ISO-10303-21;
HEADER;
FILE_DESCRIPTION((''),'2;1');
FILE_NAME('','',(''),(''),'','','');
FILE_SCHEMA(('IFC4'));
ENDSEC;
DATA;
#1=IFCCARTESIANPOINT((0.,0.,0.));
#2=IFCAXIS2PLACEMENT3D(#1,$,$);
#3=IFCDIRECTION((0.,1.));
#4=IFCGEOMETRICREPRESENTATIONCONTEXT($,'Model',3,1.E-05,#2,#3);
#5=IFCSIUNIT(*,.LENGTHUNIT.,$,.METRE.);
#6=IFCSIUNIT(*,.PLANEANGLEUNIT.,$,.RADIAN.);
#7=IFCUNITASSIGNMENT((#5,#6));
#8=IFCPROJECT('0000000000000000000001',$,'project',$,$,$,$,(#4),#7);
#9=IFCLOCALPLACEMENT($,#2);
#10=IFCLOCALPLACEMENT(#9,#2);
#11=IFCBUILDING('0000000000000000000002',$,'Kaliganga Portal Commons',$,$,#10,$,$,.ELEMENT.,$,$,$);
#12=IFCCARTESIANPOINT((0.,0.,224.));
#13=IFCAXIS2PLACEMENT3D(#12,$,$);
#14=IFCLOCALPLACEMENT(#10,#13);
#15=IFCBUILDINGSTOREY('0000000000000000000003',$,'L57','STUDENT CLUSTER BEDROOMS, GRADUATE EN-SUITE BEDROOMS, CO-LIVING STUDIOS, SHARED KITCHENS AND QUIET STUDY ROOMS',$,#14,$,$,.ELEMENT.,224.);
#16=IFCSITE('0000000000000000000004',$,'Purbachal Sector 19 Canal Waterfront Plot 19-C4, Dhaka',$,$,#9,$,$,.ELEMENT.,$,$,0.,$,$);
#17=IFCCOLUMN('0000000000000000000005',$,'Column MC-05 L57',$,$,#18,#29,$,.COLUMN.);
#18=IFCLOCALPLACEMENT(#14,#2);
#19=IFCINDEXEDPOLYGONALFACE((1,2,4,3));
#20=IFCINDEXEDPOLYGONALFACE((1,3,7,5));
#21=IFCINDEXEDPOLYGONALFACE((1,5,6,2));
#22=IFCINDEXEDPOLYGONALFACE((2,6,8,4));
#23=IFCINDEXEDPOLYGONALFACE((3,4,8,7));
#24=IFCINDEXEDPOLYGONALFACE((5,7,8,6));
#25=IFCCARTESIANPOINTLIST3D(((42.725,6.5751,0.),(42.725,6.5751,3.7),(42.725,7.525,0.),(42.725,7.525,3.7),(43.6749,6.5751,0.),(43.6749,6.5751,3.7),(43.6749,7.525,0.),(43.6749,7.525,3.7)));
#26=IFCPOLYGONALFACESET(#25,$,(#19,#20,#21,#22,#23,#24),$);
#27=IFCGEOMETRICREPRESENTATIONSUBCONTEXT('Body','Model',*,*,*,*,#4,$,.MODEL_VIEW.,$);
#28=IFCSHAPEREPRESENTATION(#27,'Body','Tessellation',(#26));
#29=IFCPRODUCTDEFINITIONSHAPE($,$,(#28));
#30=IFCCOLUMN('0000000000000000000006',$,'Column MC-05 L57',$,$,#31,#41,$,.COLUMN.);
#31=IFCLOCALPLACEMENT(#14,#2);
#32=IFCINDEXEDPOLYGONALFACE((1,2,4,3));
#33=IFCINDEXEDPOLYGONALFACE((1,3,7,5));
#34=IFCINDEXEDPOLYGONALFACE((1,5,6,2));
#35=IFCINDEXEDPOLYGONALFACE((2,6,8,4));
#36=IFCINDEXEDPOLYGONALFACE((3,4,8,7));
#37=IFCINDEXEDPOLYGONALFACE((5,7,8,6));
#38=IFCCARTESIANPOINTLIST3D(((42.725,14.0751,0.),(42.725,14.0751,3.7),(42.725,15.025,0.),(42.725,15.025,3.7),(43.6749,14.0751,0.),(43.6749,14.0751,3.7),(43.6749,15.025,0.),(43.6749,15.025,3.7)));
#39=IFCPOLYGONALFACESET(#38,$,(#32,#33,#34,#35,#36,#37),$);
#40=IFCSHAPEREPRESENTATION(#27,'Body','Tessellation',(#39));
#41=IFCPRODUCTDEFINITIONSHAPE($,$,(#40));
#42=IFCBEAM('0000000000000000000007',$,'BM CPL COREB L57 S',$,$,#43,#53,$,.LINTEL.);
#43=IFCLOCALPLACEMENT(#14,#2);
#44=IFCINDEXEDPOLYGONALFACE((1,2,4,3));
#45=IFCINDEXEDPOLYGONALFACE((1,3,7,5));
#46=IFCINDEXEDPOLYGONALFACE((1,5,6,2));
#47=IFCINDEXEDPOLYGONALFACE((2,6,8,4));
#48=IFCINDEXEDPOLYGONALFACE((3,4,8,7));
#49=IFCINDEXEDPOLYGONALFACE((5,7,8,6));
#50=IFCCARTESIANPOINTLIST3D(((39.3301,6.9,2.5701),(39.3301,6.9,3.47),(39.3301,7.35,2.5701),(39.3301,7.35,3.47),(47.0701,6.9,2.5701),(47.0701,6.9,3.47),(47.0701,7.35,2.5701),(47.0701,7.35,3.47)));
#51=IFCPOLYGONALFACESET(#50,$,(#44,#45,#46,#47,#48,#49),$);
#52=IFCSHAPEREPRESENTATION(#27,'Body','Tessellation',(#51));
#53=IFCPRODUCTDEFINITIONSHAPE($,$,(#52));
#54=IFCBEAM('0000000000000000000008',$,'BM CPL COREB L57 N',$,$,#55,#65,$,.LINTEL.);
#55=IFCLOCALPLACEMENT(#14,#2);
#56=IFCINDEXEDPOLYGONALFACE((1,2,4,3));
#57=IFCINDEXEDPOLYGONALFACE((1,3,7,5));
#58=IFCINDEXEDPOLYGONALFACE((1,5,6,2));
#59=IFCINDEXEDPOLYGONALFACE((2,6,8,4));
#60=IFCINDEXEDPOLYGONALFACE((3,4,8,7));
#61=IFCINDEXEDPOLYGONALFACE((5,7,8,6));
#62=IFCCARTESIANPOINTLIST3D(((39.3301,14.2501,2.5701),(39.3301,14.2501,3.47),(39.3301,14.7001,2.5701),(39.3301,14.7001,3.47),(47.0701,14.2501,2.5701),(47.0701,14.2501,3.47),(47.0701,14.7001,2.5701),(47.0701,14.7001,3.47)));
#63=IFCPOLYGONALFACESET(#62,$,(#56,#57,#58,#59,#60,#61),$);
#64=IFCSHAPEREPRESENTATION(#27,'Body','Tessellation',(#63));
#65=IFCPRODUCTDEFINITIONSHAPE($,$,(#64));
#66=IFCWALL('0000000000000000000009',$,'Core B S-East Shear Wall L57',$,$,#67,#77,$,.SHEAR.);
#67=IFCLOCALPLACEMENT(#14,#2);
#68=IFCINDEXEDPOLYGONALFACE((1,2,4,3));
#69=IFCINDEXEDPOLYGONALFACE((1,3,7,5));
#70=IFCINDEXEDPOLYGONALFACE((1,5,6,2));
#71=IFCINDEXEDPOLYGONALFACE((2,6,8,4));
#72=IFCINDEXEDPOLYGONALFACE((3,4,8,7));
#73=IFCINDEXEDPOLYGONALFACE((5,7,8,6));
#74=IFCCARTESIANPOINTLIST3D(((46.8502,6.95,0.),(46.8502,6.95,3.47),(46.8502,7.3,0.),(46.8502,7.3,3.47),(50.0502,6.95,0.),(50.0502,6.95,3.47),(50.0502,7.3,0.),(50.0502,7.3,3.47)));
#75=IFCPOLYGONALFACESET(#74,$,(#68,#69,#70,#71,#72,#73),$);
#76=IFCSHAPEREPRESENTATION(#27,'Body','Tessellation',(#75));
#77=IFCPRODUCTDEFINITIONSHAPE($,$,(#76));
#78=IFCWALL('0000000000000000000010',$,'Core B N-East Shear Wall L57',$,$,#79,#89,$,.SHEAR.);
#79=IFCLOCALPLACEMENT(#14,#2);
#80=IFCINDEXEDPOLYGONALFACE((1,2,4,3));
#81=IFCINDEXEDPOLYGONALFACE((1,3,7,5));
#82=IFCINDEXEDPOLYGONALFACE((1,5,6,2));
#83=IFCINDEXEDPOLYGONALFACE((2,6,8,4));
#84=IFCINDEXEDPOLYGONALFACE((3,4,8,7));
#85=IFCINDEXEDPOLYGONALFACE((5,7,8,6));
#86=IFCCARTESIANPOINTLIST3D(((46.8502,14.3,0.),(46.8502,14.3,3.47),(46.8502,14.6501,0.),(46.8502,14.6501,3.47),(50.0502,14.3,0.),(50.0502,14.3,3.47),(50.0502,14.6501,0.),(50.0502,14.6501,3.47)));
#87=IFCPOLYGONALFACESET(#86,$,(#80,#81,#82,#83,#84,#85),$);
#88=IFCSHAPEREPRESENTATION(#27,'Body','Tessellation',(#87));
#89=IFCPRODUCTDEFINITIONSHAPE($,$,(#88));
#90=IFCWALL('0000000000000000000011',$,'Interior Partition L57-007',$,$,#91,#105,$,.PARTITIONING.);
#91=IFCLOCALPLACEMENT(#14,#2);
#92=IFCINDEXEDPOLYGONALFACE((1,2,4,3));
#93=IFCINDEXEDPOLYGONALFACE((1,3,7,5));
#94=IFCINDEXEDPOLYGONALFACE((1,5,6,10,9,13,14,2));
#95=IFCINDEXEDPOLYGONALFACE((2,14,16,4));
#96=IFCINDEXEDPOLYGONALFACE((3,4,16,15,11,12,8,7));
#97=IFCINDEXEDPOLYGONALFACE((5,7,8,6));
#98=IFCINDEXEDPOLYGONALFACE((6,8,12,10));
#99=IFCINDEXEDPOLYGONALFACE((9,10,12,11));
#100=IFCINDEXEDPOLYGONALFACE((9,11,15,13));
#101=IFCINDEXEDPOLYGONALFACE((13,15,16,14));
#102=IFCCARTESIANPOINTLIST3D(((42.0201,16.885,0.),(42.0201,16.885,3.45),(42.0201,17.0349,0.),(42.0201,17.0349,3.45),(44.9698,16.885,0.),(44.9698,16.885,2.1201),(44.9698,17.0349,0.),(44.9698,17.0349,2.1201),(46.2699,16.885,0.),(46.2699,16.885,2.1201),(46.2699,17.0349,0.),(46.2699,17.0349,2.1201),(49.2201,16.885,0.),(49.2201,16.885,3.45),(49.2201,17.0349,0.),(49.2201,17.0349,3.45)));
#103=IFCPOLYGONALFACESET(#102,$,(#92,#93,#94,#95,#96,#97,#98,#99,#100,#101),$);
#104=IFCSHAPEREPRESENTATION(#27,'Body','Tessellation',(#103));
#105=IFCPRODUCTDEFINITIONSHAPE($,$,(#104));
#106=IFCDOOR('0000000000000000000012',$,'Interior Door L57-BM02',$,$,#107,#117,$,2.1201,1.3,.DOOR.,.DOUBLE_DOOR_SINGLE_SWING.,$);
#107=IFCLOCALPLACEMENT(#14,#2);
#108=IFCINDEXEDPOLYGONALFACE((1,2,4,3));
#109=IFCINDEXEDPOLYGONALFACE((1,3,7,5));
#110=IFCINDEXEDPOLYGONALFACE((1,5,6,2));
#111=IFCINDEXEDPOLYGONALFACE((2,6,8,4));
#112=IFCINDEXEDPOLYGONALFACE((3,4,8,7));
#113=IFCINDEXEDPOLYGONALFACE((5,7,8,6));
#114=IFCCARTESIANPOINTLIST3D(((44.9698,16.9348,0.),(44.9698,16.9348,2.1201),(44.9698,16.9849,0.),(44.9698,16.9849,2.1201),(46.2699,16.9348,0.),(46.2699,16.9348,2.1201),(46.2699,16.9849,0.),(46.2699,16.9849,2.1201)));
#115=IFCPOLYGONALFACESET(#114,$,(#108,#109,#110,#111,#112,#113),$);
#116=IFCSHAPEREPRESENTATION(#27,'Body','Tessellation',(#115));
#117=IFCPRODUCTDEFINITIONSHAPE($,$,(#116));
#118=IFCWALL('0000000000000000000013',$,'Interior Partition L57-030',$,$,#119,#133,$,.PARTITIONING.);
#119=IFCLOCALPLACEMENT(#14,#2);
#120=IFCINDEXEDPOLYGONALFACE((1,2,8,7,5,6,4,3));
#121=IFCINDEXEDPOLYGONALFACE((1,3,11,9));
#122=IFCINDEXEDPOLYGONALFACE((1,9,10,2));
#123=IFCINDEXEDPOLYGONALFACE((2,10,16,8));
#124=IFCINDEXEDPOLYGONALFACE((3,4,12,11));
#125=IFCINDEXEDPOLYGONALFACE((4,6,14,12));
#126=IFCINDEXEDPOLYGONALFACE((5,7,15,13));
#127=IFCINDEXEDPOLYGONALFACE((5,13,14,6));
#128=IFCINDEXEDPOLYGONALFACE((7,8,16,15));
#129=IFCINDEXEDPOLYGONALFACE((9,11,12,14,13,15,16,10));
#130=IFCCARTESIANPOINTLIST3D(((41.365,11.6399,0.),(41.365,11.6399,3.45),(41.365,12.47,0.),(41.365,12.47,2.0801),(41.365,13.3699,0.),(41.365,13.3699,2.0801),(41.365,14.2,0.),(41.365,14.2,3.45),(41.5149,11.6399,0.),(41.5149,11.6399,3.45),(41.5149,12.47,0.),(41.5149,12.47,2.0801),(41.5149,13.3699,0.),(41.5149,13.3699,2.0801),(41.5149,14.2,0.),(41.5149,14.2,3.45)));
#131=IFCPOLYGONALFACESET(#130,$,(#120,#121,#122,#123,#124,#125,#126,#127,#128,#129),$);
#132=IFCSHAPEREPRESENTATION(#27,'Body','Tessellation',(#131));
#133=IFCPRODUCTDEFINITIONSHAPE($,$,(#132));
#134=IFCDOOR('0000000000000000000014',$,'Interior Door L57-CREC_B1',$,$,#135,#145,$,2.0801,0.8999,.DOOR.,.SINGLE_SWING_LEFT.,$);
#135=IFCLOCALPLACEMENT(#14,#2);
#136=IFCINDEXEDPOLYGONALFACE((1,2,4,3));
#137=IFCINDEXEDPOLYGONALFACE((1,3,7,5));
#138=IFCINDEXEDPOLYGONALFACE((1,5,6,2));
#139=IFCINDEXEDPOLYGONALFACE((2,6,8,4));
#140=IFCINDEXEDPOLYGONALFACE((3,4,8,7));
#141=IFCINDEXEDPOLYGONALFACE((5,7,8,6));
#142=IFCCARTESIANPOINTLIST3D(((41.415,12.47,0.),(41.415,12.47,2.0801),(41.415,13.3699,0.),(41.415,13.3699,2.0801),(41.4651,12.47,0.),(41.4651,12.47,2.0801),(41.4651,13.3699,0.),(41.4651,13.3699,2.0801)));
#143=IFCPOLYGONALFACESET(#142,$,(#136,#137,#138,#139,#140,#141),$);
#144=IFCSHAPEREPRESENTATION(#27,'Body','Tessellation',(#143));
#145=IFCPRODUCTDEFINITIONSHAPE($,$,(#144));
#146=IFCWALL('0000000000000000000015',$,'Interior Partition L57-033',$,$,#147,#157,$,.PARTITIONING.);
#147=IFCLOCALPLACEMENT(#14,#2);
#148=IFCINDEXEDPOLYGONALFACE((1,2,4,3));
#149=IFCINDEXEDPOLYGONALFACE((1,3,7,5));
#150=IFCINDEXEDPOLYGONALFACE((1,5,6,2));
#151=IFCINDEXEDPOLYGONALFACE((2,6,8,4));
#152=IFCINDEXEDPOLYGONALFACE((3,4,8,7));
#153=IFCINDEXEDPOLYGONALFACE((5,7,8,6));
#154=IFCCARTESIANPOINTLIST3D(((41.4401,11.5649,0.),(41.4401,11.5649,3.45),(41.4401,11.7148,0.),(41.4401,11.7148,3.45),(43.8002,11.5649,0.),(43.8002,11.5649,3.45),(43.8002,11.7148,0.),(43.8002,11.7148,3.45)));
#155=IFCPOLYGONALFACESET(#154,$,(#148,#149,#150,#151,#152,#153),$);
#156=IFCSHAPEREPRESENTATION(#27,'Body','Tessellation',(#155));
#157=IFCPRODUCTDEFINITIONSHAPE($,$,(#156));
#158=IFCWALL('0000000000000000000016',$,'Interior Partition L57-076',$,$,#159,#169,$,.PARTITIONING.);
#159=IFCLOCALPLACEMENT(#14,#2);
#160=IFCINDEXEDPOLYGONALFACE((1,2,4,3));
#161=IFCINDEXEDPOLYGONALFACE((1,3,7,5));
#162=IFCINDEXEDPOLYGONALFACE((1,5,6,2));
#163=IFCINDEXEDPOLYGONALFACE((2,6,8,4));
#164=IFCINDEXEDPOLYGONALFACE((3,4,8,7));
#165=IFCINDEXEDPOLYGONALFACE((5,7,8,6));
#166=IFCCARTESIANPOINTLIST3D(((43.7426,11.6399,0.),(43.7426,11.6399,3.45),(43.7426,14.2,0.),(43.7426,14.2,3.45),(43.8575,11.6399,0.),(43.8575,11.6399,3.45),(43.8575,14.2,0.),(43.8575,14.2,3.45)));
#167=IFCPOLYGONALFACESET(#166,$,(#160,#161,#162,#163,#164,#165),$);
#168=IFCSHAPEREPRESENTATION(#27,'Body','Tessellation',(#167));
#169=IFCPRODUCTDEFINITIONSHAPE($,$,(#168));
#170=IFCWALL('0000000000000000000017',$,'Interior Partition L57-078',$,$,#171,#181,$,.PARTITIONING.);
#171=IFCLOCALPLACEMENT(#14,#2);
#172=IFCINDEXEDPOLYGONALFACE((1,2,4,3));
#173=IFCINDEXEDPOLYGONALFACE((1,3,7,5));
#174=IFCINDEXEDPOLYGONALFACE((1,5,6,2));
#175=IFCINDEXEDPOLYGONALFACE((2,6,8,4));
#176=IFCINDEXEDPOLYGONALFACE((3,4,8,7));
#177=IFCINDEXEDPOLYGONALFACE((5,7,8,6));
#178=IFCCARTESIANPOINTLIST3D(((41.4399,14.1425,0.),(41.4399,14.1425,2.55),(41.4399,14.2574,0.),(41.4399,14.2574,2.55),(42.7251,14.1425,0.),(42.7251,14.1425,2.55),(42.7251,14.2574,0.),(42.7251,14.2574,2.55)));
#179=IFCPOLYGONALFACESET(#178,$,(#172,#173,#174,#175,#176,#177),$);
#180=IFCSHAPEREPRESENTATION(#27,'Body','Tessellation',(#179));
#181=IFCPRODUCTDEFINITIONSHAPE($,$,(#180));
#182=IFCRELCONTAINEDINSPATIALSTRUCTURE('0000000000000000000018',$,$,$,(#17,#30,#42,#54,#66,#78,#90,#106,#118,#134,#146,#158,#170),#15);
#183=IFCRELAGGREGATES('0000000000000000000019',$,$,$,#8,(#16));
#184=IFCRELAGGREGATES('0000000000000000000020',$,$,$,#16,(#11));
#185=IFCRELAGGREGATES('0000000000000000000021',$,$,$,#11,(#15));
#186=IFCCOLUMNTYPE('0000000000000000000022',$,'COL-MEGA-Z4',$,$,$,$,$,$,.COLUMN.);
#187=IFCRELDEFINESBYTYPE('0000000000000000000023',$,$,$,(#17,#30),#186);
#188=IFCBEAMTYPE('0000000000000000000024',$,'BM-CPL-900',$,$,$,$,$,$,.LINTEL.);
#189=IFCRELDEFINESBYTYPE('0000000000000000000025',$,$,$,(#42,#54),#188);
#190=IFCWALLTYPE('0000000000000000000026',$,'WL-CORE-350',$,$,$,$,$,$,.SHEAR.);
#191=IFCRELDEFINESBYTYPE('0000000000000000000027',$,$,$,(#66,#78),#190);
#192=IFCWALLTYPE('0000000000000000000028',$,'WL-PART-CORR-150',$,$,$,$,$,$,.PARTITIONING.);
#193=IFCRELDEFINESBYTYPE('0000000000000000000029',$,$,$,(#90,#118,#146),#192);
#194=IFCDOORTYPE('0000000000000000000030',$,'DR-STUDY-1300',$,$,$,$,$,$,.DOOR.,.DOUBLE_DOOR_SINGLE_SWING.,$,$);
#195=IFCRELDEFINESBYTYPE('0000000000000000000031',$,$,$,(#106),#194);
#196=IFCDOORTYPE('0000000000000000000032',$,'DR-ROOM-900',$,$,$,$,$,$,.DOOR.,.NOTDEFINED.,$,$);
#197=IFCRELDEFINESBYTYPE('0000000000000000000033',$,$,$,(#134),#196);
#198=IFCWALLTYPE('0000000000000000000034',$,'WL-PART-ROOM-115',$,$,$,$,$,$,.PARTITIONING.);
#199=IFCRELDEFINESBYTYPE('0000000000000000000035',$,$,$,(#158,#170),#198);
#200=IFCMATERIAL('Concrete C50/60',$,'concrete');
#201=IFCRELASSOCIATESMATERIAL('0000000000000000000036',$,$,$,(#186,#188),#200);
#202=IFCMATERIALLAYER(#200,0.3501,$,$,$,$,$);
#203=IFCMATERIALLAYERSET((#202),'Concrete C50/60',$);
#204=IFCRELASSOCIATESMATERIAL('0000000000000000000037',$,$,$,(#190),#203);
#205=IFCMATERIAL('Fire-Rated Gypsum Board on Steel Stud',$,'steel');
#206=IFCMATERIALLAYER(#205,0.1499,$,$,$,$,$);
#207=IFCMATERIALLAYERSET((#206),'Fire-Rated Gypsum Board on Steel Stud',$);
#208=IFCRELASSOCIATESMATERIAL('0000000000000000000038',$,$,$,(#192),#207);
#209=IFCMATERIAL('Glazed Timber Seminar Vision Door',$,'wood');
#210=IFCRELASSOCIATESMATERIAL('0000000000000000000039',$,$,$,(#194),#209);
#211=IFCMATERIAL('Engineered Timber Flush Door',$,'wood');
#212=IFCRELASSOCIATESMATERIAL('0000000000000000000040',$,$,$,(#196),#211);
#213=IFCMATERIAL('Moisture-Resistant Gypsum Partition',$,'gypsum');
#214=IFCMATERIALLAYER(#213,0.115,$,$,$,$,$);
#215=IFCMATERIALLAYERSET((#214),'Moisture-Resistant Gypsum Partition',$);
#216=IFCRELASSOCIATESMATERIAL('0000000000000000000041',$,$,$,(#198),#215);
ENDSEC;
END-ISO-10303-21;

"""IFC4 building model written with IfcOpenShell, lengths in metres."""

from ifc_helpers import new_model, si_unit, direction, frame, frame_2d, origin, origin_2d, place, context, subcontext, project, spatial, rectangle, extrude, source, transform, mapped, material, layer, layer_set, material_profile, profile_set, type_object, element, fill, save


model = new_model("IFC4")

# Units and contexts
model_context = context("Model", 3, precision=1e-05, world=origin(), true_north=direction((0.0, 1.0)))
body_context = subcontext(model_context, "Body", "Model", "MODEL_VIEW")
ifc_project = project(units=[si_unit("LENGTHUNIT", "METRE"), si_unit("PLANEANGLEUNIT", "RADIAN")], contexts=[model_context])

# Site, building, storey
site_placement = place(None, origin())
site = spatial("IfcSite", under=ifc_project, at=site_placement, Name="Purbachal Sector 19 Canal Waterfront Plot 19-C4, Dhaka", CompositionType="ELEMENT", RefElevation=0.0)
building_placement = place(site_placement, origin())
building = spatial("IfcBuilding", under=site, at=building_placement, Name="Kaliganga Portal Commons", CompositionType="ELEMENT")
storey_placement = place(building_placement, frame((0.0, 0.0, 224.0)))
storey = spatial("IfcBuildingStorey", under=building, at=storey_placement, Name="L57", Description="STUDENT CLUSTER BEDROOMS, GRADUATE EN-SUITE BEDROOMS, CO-LIVING STUDIOS, SHARED KITCHENS AND QUIET STUDY ROOMS", CompositionType="ELEMENT", Elevation=224.0)

# Columns
ifc_material_1 = material(Name="Concrete C50/60", Category="concrete")
ifc_material_profile_1 = material_profile(ifc_material_1, rectangle(XDim=0.95, YDim=0.95, at=origin_2d()), Name="RC 950x950")
ifc_profile_set_1 = profile_set([ifc_material_profile_1], Name="Concrete C50/60")
column_type = type_object("IfcColumnType", Name="COL-MEGA-Z4", PredefinedType="COLUMN", material=ifc_profile_set_1)
shared_shape_1 = source(origin(), body_context, "Body", "SweptSolid", [
    extrude(rectangle(XDim=0.95, YDim=0.95, at=origin_2d()), origin(), (0.0, 0.0, 1.0), 3.7),
])
for number, where, z_axis, x_axis, name in (
    (1, (43.2, 7.05, 0.0), (0.0, 0.0, 1.0), (1.0, 0.0, 0.0), "Column MC-05 L57"),
    (2, (43.2, 14.55, 0.0), (0.0, 0.0, 1.0), (1.0, 0.0, 0.0), "Column MC-05 L57"),
):
    element("IfcColumn", number, at=place(storey_placement, frame(where, z_axis=z_axis, x_axis=x_axis)), inside=storey, type_object=column_type, Name=name, PredefinedType="COLUMN", context=body_context, shape_type="MappedRepresentation", body=[
        mapped(shared_shape_1, transform((0.0, 0.0, 0.0), x_axis=(1.0, 0.0, 0.0), y_axis=(0.0, 1.0, 0.0), z_axis=(0.0, 0.0, 1.0), scale=1.0)),
    ])

# Beams
ifc_material_profile_2 = material_profile(ifc_material_1, rectangle(XDim=0.45, YDim=0.8999, at=origin_2d()), Name="RC 450x900")
ifc_profile_set_2 = profile_set([ifc_material_profile_2], Name="Concrete C50/60")
beam_type = type_object("IfcBeamType", Name="BM-CPL-900", PredefinedType="LINTEL", material=ifc_profile_set_2)
shared_shape_2 = source(origin(), body_context, "Body", "SweptSolid", [
    extrude(rectangle(XDim=0.45, YDim=0.8999, at=origin_2d()), origin(), (0.0, 0.0, 1.0), 7.74),
])
for number, where, z_axis, x_axis, name in (
    (3, (39.3301, 7.125, 3.02), (1.0, 0.0, 0.0), (0.0, 1.0, 0.0), "BM CPL COREB L57 S"),
    (4, (39.3301, 14.4751, 3.02), (1.0, 0.0, 0.0), (0.0, 1.0, 0.0), "BM CPL COREB L57 N"),
):
    element("IfcBeam", number, at=place(storey_placement, frame(where, z_axis=z_axis, x_axis=x_axis)), inside=storey, type_object=beam_type, Name=name, PredefinedType="LINTEL", context=body_context, shape_type="MappedRepresentation", body=[
        mapped(shared_shape_2, transform((0.0, 0.0, 0.0), x_axis=(1.0, 0.0, 0.0), y_axis=(0.0, 1.0, 0.0), z_axis=(0.0, 0.0, 1.0), scale=1.0)),
    ])

# Walls
ifc_layer_1 = layer(ifc_material_1, 0.3501)
ifc_layer_set_1 = layer_set([ifc_layer_1], Name="Concrete C50/60")
wall_type_1 = type_object("IfcWallType", Name="WL-CORE-350", PredefinedType="SHEAR", material=ifc_layer_set_1)
for number, where, z_axis, x_axis, name in (
    (5, (46.8501, 7.125, 0.0), (0.0, 0.0, 1.0), (1.0, 0.0, 0.0), "Core B S-East Shear Wall L57"),
    (6, (46.8501, 14.4751, 0.0), (0.0, 0.0, 1.0), (1.0, 0.0, 0.0), "Core B N-East Shear Wall L57"),
):
    element("IfcWall", number, at=place(storey_placement, frame(where, z_axis=z_axis, x_axis=x_axis)), inside=storey, type_object=wall_type_1, Name=name, PredefinedType="SHEAR", context=body_context, shape_type="SweptSolid", body=[
        extrude(rectangle(XDim=3.2, YDim=0.3501, at=frame_2d((1.6001, 0.0))), origin(), (0.0, 0.0, 1.0), 3.47),
    ])

# Walls, openings, doors
ifc_material_2 = material(Name="Fire-Rated Gypsum Board on Steel Stud", Category="steel")
ifc_layer_2 = layer(ifc_material_2, 0.1499)
ifc_layer_set_2 = layer_set([ifc_layer_2], Name="Fire-Rated Gypsum Board on Steel Stud")
wall_type_2 = type_object("IfcWallType", Name="WL-PART-CORR-150", PredefinedType="PARTITIONING", material=ifc_layer_set_2)
wall_1_placement = place(storey_placement, frame((42.02, 16.96, 0.0), z_axis=(0.0, 0.0, 1.0), x_axis=(1.0, 0.0, 0.0)))
wall_1 = element("IfcWall", 7, at=wall_1_placement, inside=storey, type_object=wall_type_2, Name="Interior Partition L57-007", PredefinedType="PARTITIONING", context=body_context, shape_type="SweptSolid", body=[
    extrude(rectangle(XDim=7.2, YDim=0.1499, at=frame_2d((3.6001, 0.0))), origin(), (0.0, 0.0, 1.0), 3.45),
])
opening_1_placement = place(wall_1_placement, frame((2.95, 0.0, 0.0)))
opening_1 = element("IfcOpeningElement", 8, at=opening_1_placement, cuts=wall_1, PredefinedType="OPENING", context=body_context, shape_type="SweptSolid", body=[
    extrude(rectangle(XDim=1.3, YDim=2.1201, at=frame_2d((0.6499, 1.0601))), frame((0.0, 0.085, 0.0), z_axis=(0.0, -1.0, 0.0), x_axis=(1.0, 0.0, 0.0)), (0.0, 0.0, 1.0), 0.1699),
])
ifc_material_3 = material(Name="Glazed Timber Seminar Vision Door", Category="wood")
door_type_1 = type_object("IfcDoorType", Name="DR-STUDY-1300", OperationType="DOUBLE_DOOR_SINGLE_SWING", PredefinedType="DOOR", material=ifc_material_3)
door_1_placement = place(opening_1_placement, origin())
door_1 = element("IfcDoor", 9, at=door_1_placement, inside=storey, type_object=door_type_1, Name="Interior Door L57-BM02", OperationType="DOUBLE_DOOR_SINGLE_SWING", OverallHeight=2.1201, OverallWidth=1.3, PredefinedType="DOOR", context=body_context, shape_type="SweptSolid", body=[
    extrude(rectangle(XDim=1.3, YDim=2.1201, at=frame_2d((0.6499, 1.0601))), frame((0.0, 0.0249, 0.0), z_axis=(0.0, -1.0, 0.0), x_axis=(1.0, 0.0, 0.0)), (0.0, 0.0, 1.0), 0.05),
])
fill(opening_1, door_1)
wall_2_placement = place(storey_placement, frame((41.4399, 11.6399, 0.0), z_axis=(0.0, 0.0, 1.0), x_axis=(0.0, 1.0, 0.0)))
wall_2 = element("IfcWall", 10, at=wall_2_placement, inside=storey, type_object=wall_type_2, Name="Interior Partition L57-030", PredefinedType="PARTITIONING", context=body_context, shape_type="SweptSolid", body=[
    extrude(rectangle(XDim=2.5601, YDim=0.1499, at=frame_2d((1.28, 0.0))), origin(), (0.0, 0.0, 1.0), 3.45),
])
opening_2_placement = place(wall_2_placement, frame((0.8301, 0.0, 0.0)))
opening_2 = element("IfcOpeningElement", 11, at=opening_2_placement, cuts=wall_2, PredefinedType="OPENING", context=body_context, shape_type="SweptSolid", body=[
    extrude(rectangle(XDim=0.8999, YDim=2.0801, at=frame_2d((0.45, 1.04))), frame((0.0, 0.085, 0.0), z_axis=(0.0, -1.0, 0.0), x_axis=(1.0, 0.0, 0.0)), (0.0, 0.0, 1.0), 0.1699),
])
ifc_material_4 = material(Name="Engineered Timber Flush Door", Category="wood")
door_type_2 = type_object("IfcDoorType", Name="DR-ROOM-900", OperationType="NOTDEFINED", PredefinedType="DOOR", material=ifc_material_4)
door_2_placement = place(opening_2_placement, origin())
door_2 = element("IfcDoor", 12, at=door_2_placement, inside=storey, type_object=door_type_2, Name="Interior Door L57-CREC_B1", OperationType="SINGLE_SWING_LEFT", OverallHeight=2.0801, OverallWidth=0.8999, PredefinedType="DOOR", context=body_context, shape_type="SweptSolid", body=[
    extrude(rectangle(XDim=0.8999, YDim=2.0801, at=frame_2d((0.45, 1.04))), frame((0.0, 0.0249, 0.0), z_axis=(0.0, -1.0, 0.0), x_axis=(1.0, 0.0, 0.0)), (0.0, 0.0, 1.0), 0.05),
])
fill(opening_2, door_2)

# Walls
wall_3_placement = place(storey_placement, frame((41.4399, 11.6399, 0.0), z_axis=(0.0, 0.0, 1.0), x_axis=(1.0, 0.0, 0.0)))
element("IfcWall", 13, at=wall_3_placement, inside=storey, type_object=wall_type_2, Name="Interior Partition L57-033", PredefinedType="PARTITIONING", context=body_context, shape_type="SweptSolid", body=[
    extrude(rectangle(XDim=2.3601, YDim=0.1499, at=frame_2d((1.1802, 0.0))), origin(), (0.0, 0.0, 1.0), 3.45),
])
ifc_material_5 = material(Name="Moisture-Resistant Gypsum Partition", Category="gypsum")
ifc_layer_3 = layer(ifc_material_5, 0.115)
ifc_layer_set_3 = layer_set([ifc_layer_3], Name="Moisture-Resistant Gypsum Partition")
wall_type_3 = type_object("IfcWallType", Name="WL-PART-ROOM-115", PredefinedType="PARTITIONING", material=ifc_layer_set_3)
wall_4_placement = place(storey_placement, frame((43.8, 11.6399, 0.0), z_axis=(0.0, 0.0, 1.0), x_axis=(0.0, 1.0, 0.0)))
element("IfcWall", 14, at=wall_4_placement, inside=storey, type_object=wall_type_3, Name="Interior Partition L57-076", PredefinedType="PARTITIONING", context=body_context, shape_type="SweptSolid", body=[
    extrude(rectangle(XDim=2.5601, YDim=0.115, at=frame_2d((1.28, 0.0))), origin(), (0.0, 0.0, 1.0), 3.45),
])
wall_5_placement = place(storey_placement, frame((41.4399, 14.2, 0.0), z_axis=(0.0, 0.0, 1.0), x_axis=(1.0, 0.0, 0.0)))
element("IfcWall", 15, at=wall_5_placement, inside=storey, type_object=wall_type_3, Name="Interior Partition L57-078", PredefinedType="PARTITIONING", context=body_context, shape_type="SweptSolid", body=[
    extrude(rectangle(XDim=1.2852, YDim=0.115, at=frame_2d((0.6426, 0.0))), origin(), (0.0, 0.0, 1.0), 2.55),
])

save(model, "model.ifc")
